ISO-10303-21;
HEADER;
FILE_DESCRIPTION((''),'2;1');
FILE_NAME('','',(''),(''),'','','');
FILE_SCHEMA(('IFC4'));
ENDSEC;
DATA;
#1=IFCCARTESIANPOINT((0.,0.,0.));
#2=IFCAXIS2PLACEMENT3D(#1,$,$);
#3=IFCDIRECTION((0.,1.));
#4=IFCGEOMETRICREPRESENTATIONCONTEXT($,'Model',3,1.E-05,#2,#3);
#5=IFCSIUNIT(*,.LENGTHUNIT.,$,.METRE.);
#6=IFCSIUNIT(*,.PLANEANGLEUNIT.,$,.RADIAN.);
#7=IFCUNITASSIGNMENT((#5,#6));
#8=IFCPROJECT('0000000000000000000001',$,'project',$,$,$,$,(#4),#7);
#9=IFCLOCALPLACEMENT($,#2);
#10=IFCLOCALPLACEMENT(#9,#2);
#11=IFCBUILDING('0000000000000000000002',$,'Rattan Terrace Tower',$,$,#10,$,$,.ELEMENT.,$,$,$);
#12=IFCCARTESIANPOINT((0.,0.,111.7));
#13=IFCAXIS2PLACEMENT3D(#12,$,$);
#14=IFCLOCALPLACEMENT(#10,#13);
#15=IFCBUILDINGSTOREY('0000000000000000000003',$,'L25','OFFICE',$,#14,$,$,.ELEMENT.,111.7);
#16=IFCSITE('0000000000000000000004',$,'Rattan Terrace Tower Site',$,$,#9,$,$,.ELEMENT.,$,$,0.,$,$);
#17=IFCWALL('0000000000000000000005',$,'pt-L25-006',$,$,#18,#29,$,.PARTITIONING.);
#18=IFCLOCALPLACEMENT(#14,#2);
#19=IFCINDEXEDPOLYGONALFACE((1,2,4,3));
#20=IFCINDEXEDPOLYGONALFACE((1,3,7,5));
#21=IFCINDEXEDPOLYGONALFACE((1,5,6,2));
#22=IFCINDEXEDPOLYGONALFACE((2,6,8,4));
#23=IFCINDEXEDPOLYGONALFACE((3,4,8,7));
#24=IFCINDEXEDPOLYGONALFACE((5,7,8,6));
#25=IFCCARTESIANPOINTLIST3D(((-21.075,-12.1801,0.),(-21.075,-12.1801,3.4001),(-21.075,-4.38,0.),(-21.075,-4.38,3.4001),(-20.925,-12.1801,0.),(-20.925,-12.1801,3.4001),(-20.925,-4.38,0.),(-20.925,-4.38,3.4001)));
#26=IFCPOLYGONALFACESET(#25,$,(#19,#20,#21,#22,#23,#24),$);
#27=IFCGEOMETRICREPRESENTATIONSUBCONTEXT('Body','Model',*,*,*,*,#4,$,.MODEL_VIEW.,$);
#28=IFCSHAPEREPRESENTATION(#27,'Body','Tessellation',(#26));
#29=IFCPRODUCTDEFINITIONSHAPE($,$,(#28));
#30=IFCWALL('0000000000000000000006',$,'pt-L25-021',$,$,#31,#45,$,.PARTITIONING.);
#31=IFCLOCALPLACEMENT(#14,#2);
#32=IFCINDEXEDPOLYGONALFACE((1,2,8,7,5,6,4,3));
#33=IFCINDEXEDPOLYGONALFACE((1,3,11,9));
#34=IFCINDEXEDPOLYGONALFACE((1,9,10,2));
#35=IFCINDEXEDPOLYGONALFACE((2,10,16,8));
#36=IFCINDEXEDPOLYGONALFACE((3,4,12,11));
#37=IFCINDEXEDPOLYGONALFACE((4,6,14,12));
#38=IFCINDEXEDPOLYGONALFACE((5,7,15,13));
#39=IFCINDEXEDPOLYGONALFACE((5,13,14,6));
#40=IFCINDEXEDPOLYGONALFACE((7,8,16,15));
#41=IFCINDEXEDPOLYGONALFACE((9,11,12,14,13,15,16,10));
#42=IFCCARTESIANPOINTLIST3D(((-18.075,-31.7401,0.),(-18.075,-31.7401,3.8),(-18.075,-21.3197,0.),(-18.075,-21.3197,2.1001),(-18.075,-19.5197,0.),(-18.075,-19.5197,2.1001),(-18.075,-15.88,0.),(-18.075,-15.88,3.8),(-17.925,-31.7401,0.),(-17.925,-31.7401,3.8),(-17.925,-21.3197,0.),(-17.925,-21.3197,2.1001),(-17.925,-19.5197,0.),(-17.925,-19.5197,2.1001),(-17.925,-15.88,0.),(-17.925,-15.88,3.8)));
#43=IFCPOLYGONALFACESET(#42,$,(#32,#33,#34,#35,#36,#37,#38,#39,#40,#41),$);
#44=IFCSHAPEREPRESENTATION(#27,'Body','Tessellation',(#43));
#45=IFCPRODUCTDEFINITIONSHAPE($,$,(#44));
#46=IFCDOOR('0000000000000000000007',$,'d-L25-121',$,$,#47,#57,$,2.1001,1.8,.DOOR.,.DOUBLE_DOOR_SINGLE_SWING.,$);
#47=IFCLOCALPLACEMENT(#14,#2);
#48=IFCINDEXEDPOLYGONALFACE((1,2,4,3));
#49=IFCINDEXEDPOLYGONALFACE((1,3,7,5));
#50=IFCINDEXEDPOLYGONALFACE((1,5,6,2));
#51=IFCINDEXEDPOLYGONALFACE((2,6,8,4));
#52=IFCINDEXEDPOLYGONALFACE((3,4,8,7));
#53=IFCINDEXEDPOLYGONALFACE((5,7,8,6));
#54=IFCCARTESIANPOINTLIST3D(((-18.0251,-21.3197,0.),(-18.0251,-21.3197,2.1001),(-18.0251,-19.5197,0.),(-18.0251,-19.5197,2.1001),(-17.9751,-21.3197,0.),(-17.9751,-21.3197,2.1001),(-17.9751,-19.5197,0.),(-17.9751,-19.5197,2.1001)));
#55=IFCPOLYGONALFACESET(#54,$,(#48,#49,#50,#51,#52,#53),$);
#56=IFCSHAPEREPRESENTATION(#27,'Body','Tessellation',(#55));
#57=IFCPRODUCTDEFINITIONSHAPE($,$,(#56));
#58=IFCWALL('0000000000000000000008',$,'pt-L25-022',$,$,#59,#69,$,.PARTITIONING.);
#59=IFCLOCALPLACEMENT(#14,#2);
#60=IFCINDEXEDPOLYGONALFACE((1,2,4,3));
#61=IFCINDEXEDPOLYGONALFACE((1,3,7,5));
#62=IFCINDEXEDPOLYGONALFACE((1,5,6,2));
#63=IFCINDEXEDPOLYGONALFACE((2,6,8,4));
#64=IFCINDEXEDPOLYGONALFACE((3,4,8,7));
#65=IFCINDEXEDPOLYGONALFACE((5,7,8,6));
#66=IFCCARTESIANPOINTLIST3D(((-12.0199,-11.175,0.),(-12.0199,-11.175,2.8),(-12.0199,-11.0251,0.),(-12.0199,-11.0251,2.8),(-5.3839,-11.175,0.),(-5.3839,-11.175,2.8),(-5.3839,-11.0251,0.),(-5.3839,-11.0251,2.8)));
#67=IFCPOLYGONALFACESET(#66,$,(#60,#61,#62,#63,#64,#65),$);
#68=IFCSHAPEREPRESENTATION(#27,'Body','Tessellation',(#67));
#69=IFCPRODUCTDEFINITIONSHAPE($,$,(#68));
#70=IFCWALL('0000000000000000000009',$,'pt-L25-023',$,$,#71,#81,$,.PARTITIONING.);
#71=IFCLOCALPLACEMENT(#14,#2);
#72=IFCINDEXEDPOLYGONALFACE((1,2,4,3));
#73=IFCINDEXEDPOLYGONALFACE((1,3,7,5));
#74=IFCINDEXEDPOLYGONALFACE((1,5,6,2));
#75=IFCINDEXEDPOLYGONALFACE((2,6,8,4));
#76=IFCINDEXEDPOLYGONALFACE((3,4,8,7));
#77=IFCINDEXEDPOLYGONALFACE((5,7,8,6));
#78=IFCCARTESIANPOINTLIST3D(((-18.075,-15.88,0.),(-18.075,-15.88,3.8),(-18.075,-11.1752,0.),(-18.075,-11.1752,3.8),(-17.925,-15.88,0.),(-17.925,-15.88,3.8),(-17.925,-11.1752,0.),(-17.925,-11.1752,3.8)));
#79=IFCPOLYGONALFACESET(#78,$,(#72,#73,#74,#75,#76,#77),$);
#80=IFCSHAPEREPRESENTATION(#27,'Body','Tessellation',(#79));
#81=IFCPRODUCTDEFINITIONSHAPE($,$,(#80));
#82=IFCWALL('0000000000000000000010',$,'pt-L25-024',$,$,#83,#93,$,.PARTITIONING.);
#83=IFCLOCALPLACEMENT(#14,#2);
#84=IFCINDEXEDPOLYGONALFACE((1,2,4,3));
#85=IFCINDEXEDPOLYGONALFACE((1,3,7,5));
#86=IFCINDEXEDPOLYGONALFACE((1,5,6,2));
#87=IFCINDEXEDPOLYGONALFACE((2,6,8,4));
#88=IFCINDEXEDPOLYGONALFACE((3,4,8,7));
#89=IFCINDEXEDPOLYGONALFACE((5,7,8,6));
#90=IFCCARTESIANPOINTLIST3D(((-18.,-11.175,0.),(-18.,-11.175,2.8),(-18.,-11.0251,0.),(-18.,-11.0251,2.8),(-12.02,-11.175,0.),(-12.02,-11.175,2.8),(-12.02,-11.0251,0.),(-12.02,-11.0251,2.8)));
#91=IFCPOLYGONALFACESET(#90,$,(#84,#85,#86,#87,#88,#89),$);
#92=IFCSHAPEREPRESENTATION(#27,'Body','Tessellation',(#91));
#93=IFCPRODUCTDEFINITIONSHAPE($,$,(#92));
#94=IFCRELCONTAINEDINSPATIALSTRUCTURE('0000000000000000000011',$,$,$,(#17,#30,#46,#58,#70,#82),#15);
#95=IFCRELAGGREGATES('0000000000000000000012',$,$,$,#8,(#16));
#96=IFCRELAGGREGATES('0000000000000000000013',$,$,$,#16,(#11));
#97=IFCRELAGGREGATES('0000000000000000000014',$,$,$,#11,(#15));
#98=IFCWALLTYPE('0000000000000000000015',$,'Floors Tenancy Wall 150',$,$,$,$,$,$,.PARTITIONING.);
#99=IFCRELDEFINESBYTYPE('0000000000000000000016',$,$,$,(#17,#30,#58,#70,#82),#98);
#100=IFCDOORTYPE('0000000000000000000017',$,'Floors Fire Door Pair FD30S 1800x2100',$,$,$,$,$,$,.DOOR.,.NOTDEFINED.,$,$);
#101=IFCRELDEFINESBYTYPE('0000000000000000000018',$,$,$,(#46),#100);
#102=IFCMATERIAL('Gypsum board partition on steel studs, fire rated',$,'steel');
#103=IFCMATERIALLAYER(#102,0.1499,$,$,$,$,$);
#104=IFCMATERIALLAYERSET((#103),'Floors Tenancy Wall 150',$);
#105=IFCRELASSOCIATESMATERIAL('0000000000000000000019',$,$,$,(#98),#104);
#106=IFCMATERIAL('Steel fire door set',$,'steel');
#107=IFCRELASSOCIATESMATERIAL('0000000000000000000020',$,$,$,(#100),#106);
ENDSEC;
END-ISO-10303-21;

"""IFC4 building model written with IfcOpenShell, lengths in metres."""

from ifc_helpers import new_model, si_unit, direction, frame, frame_2d, origin, place, context, subcontext, project, spatial, rectangle, extrude, material, layer, layer_set, type_object, element, fill, save


model = new_model("IFC4")

# Units and contexts
model_context = context("Model", 3, precision=1e-05, world=origin(), true_north=direction((0.0, 1.0)))
body_context = subcontext(model_context, "Body", "Model", "MODEL_VIEW")
ifc_project = project(units=[si_unit("LENGTHUNIT", "METRE"), si_unit("PLANEANGLEUNIT", "RADIAN")], contexts=[model_context])

# Site, building, storey
site_placement = place(None, origin())
site = spatial("IfcSite", under=ifc_project, at=site_placement, Name="Rattan Terrace Tower Site", CompositionType="ELEMENT", RefElevation=0.0)
building_placement = place(site_placement, origin())
building = spatial("IfcBuilding", under=site, at=building_placement, Name="Rattan Terrace Tower", CompositionType="ELEMENT")
storey_placement = place(building_placement, frame((0.0, 0.0, 111.7)))
storey = spatial("IfcBuildingStorey", under=building, at=storey_placement, Name="L25", Description="OFFICE", CompositionType="ELEMENT", Elevation=111.7)

# Wall
ifc_material_1 = material(Name="Gypsum board partition on steel studs, fire rated", Category="steel")
ifc_layer_1 = layer(ifc_material_1, 0.1499)
ifc_layer_set_1 = layer_set([ifc_layer_1], Name="Floors Tenancy Wall 150")
wall_type_1 = type_object("IfcWallType", Name="Floors Tenancy Wall 150", PredefinedType="PARTITIONING", material=ifc_layer_set_1)
wall_1_placement = place(storey_placement, frame((-21.0, -12.1799, 0.0), z_axis=(0.0, 0.0, 1.0), x_axis=(0.0, 1.0, 0.0)))
element("IfcWall", 1, at=wall_1_placement, inside=storey, type_object=wall_type_1, Name="pt-L25-006", PredefinedType="PARTITIONING", context=body_context, shape_type="SweptSolid", body=[
    extrude(rectangle(XDim=7.8, YDim=0.1499, at=frame_2d((3.8999, 0.0))), origin(), (0.0, 0.0, 1.0), 3.4001),
])

# Wall, opening, door
wall_2_placement = place(storey_placement, frame((-18.0, -15.8799, 0.0), z_axis=(0.0, 0.0, 1.0), x_axis=(0.0, -1.0, 0.0)))
wall_2 = element("IfcWall", 2, at=wall_2_placement, inside=storey, type_object=wall_type_1, Name="pt-L25-021", PredefinedType="PARTITIONING", context=body_context, shape_type="SweptSolid", body=[
    extrude(rectangle(XDim=15.8601, YDim=0.1499, at=frame_2d((7.9302, 0.0))), origin(), (0.0, 0.0, 1.0), 3.8),
])
opening_1_placement = place(wall_2_placement, frame((3.6399, 0.0, 0.0)))
opening_1 = element("IfcOpeningElement", 3, at=opening_1_placement, cuts=wall_2, PredefinedType="OPENING", context=body_context, shape_type="SweptSolid", body=[
    extrude(rectangle(XDim=1.8, YDim=2.1001, at=frame_2d((0.8999, 1.05))), frame((0.0, 0.0854, 0.0), z_axis=(0.0, -1.0, 0.0), x_axis=(1.0, 0.0, 0.0)), (0.0, 0.0, 1.0), 0.1709),
])
ifc_material_2 = material(Name="Steel fire door set", Category="steel")
door_type_1 = type_object("IfcDoorType", Name="Floors Fire Door Pair FD30S 1800x2100", OperationType="NOTDEFINED", PredefinedType="DOOR", material=ifc_material_2)
door_1_placement = place(opening_1_placement, origin())
door_1 = element("IfcDoor", 4, at=door_1_placement, inside=storey, type_object=door_type_1, Name="d-L25-121", OperationType="DOUBLE_DOOR_SINGLE_SWING", OverallHeight=2.1001, OverallWidth=1.8, PredefinedType="DOOR", context=body_context, shape_type="SweptSolid", body=[
    extrude(rectangle(XDim=1.8, YDim=2.1001, at=frame_2d((0.8999, 1.05))), frame((0.0, 0.0249, 0.0), z_axis=(0.0, -1.0, 0.0), x_axis=(1.0, 0.0, 0.0)), (0.0, 0.0, 1.0), 0.05),
])
fill(opening_1, door_1)

# Walls
wall_3_placement = place(storey_placement, frame((-5.384, -11.1001, 0.0), z_axis=(0.0, 0.0, 1.0), x_axis=(-1.0, 0.0, 0.0)))
element("IfcWall", 5, at=wall_3_placement, inside=storey, type_object=wall_type_1, Name="pt-L25-022", PredefinedType="PARTITIONING", context=body_context, shape_type="SweptSolid", body=[
    extrude(rectangle(XDim=6.636, YDim=0.1499, at=frame_2d((3.3179, 0.0))), origin(), (0.0, 0.0, 1.0), 2.8),
])
wall_4_placement = place(storey_placement, frame((-18.0, -11.175, 0.0), z_axis=(0.0, 0.0, 1.0), x_axis=(0.0, -1.0, 0.0)))
element("IfcWall", 6, at=wall_4_placement, inside=storey, type_object=wall_type_1, Name="pt-L25-023", PredefinedType="PARTITIONING", context=body_context, shape_type="SweptSolid", body=[
    extrude(rectangle(XDim=4.7048, YDim=0.1499, at=frame_2d((2.3525, 0.0))), origin(), (0.0, 0.0, 1.0), 3.8),
])
wall_5_placement = place(storey_placement, frame((-12.02, -11.1001, 0.0), z_axis=(0.0, 0.0, 1.0), x_axis=(-1.0, 0.0, 0.0)))
element("IfcWall", 7, at=wall_5_placement, inside=storey, type_object=wall_type_1, Name="pt-L25-024", PredefinedType="PARTITIONING", context=body_context, shape_type="SweptSolid", body=[
    extrude(rectangle(XDim=5.98, YDim=0.1499, at=frame_2d((2.99, 0.0))), origin(), (0.0, 0.0, 1.0), 2.8),
])

save(model, "model.ifc")
